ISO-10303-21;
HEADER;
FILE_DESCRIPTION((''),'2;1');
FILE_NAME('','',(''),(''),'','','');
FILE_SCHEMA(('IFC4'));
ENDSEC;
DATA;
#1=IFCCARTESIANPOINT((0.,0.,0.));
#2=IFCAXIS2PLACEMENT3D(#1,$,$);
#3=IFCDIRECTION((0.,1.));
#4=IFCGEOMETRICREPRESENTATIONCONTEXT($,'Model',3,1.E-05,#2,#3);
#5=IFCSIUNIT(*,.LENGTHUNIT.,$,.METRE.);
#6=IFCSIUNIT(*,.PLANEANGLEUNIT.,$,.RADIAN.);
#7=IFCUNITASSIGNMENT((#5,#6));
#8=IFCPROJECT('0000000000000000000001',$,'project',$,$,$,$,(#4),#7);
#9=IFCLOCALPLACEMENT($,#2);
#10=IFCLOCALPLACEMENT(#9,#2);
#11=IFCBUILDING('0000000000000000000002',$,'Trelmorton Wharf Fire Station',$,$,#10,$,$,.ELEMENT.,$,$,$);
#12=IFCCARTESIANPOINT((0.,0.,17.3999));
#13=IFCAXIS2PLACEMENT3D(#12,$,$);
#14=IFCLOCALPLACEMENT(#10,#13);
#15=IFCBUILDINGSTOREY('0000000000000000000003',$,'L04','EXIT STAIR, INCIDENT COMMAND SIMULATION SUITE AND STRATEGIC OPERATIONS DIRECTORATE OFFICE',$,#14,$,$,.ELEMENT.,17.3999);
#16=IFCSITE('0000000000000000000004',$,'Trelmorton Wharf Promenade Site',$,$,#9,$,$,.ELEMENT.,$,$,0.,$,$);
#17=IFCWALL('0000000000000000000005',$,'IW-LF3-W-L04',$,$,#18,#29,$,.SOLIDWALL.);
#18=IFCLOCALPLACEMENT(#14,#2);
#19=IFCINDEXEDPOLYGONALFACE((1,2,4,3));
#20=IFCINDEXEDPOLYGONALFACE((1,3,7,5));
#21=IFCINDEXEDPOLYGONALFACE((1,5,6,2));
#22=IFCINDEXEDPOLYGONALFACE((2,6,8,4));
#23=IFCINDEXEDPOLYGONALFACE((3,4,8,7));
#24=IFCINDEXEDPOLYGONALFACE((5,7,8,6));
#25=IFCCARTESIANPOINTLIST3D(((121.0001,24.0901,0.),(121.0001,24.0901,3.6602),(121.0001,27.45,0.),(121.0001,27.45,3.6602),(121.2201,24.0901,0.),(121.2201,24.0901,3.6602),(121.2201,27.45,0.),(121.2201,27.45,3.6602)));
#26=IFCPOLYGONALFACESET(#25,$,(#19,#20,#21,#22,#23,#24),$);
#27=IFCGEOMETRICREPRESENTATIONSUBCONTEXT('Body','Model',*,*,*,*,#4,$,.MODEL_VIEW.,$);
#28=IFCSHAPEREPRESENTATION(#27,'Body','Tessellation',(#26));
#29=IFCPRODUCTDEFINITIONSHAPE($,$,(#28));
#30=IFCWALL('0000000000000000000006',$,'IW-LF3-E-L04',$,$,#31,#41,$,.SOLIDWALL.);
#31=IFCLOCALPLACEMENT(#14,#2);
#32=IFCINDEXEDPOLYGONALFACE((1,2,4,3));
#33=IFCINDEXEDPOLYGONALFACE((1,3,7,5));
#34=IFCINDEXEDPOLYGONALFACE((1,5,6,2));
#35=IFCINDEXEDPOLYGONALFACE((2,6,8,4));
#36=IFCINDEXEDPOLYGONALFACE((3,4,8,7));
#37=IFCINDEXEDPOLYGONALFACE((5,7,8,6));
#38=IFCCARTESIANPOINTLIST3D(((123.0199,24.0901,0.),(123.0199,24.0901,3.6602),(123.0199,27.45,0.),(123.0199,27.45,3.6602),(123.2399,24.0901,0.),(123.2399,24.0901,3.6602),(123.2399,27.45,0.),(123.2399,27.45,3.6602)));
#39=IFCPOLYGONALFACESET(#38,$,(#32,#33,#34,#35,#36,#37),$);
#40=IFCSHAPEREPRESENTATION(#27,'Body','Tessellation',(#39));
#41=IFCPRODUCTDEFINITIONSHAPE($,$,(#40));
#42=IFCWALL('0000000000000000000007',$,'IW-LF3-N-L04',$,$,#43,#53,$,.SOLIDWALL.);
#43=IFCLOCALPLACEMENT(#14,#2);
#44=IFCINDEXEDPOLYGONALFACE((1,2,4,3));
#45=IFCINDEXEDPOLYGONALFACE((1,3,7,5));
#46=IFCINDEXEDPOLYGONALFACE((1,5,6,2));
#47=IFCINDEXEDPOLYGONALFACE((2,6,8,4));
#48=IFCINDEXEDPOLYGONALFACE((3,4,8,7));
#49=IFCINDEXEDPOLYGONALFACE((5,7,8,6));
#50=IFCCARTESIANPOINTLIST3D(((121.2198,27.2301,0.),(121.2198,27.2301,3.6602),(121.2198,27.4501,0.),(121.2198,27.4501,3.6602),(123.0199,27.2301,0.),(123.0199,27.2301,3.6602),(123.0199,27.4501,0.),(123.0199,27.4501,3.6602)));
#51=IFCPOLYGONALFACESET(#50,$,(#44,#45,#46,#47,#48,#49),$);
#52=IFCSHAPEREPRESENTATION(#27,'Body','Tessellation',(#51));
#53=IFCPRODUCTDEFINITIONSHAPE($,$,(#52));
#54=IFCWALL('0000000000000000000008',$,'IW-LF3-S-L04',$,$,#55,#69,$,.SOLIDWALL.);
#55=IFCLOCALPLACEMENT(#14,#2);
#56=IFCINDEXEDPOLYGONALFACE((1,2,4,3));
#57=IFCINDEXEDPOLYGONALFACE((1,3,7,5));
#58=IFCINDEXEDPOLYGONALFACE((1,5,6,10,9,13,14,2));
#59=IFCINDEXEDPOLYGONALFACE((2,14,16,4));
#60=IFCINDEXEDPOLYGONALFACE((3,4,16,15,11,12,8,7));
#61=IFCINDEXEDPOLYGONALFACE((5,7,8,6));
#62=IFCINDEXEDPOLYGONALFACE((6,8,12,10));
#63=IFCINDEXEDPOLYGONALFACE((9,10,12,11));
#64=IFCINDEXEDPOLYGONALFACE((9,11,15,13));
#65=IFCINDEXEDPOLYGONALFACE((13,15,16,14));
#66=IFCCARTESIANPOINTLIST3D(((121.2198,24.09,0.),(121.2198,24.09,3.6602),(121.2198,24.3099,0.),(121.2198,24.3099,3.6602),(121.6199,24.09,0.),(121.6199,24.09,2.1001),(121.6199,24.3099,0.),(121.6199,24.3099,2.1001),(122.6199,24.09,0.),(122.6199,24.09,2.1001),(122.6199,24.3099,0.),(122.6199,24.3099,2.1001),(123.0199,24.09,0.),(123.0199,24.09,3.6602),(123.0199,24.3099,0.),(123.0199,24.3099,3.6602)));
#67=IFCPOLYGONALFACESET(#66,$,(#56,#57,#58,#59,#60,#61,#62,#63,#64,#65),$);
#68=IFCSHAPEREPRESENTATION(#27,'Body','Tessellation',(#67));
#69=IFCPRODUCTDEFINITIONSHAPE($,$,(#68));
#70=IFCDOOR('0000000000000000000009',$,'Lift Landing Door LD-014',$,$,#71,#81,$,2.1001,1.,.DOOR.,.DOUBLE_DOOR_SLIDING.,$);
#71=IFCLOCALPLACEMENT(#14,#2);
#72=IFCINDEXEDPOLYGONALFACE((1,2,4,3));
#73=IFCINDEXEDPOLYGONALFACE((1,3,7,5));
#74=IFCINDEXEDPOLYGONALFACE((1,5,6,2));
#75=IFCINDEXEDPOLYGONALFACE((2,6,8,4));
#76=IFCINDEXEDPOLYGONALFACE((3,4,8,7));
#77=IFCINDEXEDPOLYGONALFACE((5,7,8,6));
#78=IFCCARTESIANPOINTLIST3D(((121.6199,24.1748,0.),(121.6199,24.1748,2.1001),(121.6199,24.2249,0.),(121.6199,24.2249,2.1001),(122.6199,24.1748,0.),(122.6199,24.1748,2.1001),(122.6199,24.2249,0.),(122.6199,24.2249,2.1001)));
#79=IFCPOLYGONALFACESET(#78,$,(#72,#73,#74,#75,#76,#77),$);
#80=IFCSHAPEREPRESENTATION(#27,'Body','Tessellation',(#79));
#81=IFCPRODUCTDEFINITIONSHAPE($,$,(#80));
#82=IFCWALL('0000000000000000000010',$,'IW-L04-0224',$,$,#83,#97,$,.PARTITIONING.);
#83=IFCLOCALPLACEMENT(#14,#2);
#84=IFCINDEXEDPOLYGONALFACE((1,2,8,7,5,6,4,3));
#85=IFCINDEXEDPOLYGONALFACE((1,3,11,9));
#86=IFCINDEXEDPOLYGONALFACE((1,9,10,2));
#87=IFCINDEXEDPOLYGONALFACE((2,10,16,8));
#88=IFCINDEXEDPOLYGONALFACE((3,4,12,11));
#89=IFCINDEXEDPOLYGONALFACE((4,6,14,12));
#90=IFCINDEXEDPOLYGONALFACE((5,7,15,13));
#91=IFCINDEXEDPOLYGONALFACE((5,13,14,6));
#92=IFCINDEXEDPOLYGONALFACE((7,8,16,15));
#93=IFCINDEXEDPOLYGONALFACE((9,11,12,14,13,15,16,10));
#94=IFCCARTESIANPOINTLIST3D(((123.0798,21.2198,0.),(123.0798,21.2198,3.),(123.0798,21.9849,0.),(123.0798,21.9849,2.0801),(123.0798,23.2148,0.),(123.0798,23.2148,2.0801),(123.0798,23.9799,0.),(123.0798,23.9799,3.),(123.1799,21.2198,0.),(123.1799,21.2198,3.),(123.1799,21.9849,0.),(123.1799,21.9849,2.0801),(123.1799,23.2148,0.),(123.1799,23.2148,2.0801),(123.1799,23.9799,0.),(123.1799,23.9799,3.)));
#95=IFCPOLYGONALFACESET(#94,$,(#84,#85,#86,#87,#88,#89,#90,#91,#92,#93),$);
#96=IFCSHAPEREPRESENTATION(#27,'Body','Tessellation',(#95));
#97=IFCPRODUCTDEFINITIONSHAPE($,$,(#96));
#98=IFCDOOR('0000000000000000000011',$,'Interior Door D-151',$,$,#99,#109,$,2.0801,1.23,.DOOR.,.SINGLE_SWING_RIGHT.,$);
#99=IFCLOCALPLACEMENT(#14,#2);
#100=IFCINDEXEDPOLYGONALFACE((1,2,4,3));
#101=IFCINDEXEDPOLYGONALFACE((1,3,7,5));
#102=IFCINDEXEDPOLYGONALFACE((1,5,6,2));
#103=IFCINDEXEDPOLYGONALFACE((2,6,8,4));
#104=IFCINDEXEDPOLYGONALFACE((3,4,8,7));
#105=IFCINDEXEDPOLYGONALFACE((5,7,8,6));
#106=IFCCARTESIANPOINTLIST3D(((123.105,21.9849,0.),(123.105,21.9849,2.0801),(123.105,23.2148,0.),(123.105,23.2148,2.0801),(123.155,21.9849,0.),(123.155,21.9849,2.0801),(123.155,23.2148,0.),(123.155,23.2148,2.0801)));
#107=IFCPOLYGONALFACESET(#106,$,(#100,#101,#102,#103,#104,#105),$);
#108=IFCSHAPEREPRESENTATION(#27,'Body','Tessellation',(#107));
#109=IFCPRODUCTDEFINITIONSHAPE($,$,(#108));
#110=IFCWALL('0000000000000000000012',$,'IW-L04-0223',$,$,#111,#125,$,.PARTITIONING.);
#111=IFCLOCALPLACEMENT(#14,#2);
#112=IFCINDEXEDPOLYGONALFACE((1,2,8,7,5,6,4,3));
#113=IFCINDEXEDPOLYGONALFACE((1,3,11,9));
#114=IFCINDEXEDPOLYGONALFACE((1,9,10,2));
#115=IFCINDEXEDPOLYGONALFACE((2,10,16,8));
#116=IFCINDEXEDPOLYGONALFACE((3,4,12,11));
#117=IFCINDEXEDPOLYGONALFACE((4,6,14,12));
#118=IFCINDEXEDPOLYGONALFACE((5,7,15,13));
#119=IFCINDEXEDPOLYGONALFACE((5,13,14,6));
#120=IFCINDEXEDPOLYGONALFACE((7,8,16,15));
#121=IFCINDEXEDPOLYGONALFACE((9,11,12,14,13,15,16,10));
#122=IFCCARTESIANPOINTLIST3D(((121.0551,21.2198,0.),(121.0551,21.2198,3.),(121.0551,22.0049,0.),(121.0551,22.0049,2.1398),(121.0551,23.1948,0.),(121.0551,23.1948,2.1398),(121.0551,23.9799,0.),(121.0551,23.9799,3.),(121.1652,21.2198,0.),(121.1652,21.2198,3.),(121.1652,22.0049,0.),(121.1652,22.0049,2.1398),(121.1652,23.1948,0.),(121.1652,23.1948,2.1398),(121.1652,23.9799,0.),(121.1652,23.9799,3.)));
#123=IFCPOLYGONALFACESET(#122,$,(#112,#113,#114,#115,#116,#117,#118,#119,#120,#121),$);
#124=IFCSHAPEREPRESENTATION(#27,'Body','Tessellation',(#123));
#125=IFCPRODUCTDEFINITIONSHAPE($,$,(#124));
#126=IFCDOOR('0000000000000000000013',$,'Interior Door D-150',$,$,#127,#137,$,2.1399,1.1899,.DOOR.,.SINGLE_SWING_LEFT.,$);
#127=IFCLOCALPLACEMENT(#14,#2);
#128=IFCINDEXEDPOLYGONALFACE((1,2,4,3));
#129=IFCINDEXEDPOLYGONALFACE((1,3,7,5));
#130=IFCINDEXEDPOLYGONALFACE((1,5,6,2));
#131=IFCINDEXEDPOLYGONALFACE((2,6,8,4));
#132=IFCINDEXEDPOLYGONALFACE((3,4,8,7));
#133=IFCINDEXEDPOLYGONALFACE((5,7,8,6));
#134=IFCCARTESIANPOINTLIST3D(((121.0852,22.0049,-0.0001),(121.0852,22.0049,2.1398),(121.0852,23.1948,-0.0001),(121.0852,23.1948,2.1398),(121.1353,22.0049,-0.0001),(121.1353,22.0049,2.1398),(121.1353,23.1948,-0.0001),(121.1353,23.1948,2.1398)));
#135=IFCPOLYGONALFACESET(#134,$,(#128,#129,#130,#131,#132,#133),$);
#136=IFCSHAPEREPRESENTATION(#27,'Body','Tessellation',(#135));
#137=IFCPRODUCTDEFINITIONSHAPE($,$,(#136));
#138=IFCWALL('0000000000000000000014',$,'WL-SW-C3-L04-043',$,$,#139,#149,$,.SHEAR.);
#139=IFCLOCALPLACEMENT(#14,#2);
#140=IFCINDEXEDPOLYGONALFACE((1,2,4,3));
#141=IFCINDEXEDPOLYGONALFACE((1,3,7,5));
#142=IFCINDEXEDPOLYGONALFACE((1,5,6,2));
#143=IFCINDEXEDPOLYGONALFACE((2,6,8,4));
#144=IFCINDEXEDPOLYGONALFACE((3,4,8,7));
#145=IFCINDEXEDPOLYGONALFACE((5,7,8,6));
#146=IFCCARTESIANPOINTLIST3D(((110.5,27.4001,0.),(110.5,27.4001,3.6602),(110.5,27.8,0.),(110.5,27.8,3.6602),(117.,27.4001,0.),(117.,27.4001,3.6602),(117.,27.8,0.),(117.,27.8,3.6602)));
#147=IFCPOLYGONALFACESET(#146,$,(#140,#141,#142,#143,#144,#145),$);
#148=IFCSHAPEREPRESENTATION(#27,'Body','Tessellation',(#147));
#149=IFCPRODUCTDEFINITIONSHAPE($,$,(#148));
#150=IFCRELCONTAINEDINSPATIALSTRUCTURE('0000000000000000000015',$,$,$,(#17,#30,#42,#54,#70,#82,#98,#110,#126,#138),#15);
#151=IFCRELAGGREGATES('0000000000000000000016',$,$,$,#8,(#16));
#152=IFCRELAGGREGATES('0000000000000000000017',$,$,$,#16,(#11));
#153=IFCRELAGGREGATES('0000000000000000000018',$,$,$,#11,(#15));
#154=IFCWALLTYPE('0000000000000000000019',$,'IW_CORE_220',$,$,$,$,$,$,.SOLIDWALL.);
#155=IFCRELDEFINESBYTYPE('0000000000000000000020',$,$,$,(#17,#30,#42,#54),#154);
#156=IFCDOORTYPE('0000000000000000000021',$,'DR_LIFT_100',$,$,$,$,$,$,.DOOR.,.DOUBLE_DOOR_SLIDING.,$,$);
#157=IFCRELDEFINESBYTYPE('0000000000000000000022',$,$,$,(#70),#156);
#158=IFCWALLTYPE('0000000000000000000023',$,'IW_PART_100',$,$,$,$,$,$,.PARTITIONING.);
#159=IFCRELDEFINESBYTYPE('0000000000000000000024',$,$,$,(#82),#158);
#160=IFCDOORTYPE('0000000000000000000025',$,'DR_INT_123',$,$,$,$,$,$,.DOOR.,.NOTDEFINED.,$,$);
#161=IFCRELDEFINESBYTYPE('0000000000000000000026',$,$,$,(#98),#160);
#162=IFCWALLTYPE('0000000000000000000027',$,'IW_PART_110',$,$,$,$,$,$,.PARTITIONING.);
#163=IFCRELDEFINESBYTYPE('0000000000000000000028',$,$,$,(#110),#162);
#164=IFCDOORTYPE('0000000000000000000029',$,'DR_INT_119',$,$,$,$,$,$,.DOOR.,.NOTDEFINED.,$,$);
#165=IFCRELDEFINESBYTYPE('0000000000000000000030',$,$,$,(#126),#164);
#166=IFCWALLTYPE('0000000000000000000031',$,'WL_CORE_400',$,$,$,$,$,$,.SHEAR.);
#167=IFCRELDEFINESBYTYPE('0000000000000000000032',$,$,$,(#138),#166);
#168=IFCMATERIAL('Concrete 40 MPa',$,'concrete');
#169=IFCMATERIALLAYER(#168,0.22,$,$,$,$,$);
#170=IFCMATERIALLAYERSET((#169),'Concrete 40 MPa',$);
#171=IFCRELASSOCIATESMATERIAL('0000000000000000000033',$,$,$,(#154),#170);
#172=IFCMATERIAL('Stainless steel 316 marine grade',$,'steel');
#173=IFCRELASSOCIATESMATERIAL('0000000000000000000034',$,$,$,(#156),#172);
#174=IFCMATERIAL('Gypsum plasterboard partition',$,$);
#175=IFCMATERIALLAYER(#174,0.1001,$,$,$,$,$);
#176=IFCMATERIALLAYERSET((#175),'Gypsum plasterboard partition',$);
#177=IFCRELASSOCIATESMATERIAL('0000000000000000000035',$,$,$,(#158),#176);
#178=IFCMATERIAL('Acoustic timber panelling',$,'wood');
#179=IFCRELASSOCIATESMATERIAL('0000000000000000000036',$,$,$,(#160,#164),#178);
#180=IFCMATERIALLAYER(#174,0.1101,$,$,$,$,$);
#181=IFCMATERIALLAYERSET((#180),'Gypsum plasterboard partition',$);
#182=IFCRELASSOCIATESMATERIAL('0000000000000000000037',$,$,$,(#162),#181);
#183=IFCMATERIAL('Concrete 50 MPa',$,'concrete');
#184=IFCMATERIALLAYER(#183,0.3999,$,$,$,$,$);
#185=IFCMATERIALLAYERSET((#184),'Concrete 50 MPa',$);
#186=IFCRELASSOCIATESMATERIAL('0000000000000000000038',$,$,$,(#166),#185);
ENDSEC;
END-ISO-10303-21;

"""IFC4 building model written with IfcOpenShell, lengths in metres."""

from ifc_helpers import new_model, si_unit, direction, frame, frame_2d, origin, place, context, subcontext, project, spatial, rectangle, extrude, material, layer, layer_set, type_object, element, fill, save


model = new_model("IFC4")

# Units and contexts
model_context = context("Model", 3, precision=1e-05, world=origin(), true_north=direction((0.0, 1.0)))
body_context = subcontext(model_context, "Body", "Model", "MODEL_VIEW")
ifc_project = project(units=[si_unit("LENGTHUNIT", "METRE"), si_unit("PLANEANGLEUNIT", "RADIAN")], contexts=[model_context])

# Site, building, storey
site_placement = place(None, origin())
site = spatial("IfcSite", under=ifc_project, at=site_placement, Name="Trelmorton Wharf Promenade Site", CompositionType="ELEMENT", RefElevation=0.0)
building_placement = place(site_placement, origin())
building = spatial("IfcBuilding", under=site, at=building_placement, Name="Trelmorton Wharf Fire Station", CompositionType="ELEMENT")
storey_placement = place(building_placement, frame((0.0, 0.0, 17.3999)))
storey = spatial("IfcBuildingStorey", under=building, at=storey_placement, Name="L04", Description="EXIT STAIR, INCIDENT COMMAND SIMULATION SUITE AND STRATEGIC OPERATIONS DIRECTORATE OFFICE", CompositionType="ELEMENT", Elevation=17.3999)

# Shared definitions
ifc_material_1 = material(Name="Concrete 40 MPa", Category="concrete")
ifc_layer_1 = layer(ifc_material_1, 0.22)
ifc_layer_set_1 = layer_set([ifc_layer_1], Name="Concrete 40 MPa")
wall_type_1 = type_object("IfcWallType", Name="IW_CORE_220", PredefinedType="SOLIDWALL", material=ifc_layer_set_1)
ifc_material_2 = material(Name="Stainless steel 316 marine grade", Category="steel")

# Walls
for number, where, z_axis, x_axis, name in (
    (1, (121.1101, 24.0901, 0.0), (0.0, 0.0, 1.0), (0.0, 1.0, 0.0), "IW-LF3-W-L04"),
    (2, (123.1299, 24.0901, 0.0), (0.0, 0.0, 1.0), (0.0, 1.0, 0.0), "IW-LF3-E-L04"),
):
    element("IfcWall", number, at=place(storey_placement, frame(where, z_axis=z_axis, x_axis=x_axis)), inside=storey, type_object=wall_type_1, Name=name, PredefinedType="SOLIDWALL", context=body_context, shape_type="SweptSolid", body=[
        extrude(rectangle(XDim=3.3599, YDim=0.22, at=frame_2d((1.6799, 0.0))), origin(), (0.0, 0.0, 1.0), 3.6602),
    ])
wall_1_placement = place(storey_placement, frame((121.22, 27.3401, 0.0), z_axis=(0.0, 0.0, 1.0), x_axis=(1.0, 0.0, 0.0)))
element("IfcWall", 3, at=wall_1_placement, inside=storey, type_object=wall_type_1, Name="IW-LF3-N-L04", PredefinedType="SOLIDWALL", context=body_context, shape_type="SweptSolid", body=[
    extrude(rectangle(XDim=1.8, YDim=0.22, at=frame_2d((0.8999, 0.0))), origin(), (0.0, 0.0, 1.0), 3.6602),
])

# Walls, openings, doors
wall_2_placement = place(storey_placement, frame((121.22, 24.2, 0.0), z_axis=(0.0, 0.0, 1.0), x_axis=(1.0, 0.0, 0.0)))
wall_2 = element("IfcWall", 4, at=wall_2_placement, inside=storey, type_object=wall_type_1, Name="IW-LF3-S-L04", PredefinedType="SOLIDWALL", context=body_context, shape_type="SweptSolid", body=[
    extrude(rectangle(XDim=1.8, YDim=0.22, at=frame_2d((0.8999, 0.0))), origin(), (0.0, 0.0, 1.0), 3.6602),
])
opening_1_placement = place(wall_2_placement, frame((0.3999, 0.0, 0.0)))
opening_1 = element("IfcOpeningElement", 5, at=opening_1_placement, cuts=wall_2, PredefinedType="OPENING", context=body_context, shape_type="SweptSolid", body=[
    extrude(rectangle(XDim=1.0, YDim=2.1001, at=frame_2d((0.5, 1.05))), frame((0.0, 0.1201, 0.0), z_axis=(0.0, -1.0, 0.0), x_axis=(1.0, 0.0, 0.0)), (0.0, 0.0, 1.0), 0.24),
])
door_type_1 = type_object("IfcDoorType", Name="DR_LIFT_100", OperationType="DOUBLE_DOOR_SLIDING", PredefinedType="DOOR", material=ifc_material_2)
door_1_placement = place(opening_1_placement, origin())
door_1 = element("IfcDoor", 6, at=door_1_placement, inside=storey, type_object=door_type_1, Name="Lift Landing Door LD-014", OperationType="DOUBLE_DOOR_SLIDING", OverallHeight=2.1001, OverallWidth=1.0, PredefinedType="DOOR", context=body_context, shape_type="SweptSolid", body=[
    extrude(rectangle(XDim=1.0, YDim=2.1001, at=frame_2d((0.5, 1.05))), frame((0.0, 0.0249, 0.0), z_axis=(0.0, -1.0, 0.0), x_axis=(1.0, 0.0, 0.0)), (0.0, 0.0, 1.0), 0.05),
])
fill(opening_1, door_1)
ifc_material_3 = material(Name="Gypsum plasterboard partition")
ifc_layer_2 = layer(ifc_material_3, 0.1001)
ifc_layer_set_2 = layer_set([ifc_layer_2], Name="Gypsum plasterboard partition")
wall_type_2 = type_object("IfcWallType", Name="IW_PART_100", PredefinedType="PARTITIONING", material=ifc_layer_set_2)
wall_3_placement = place(storey_placement, frame((123.1299, 21.22, 0.0), z_axis=(0.0, 0.0, 1.0), x_axis=(0.0, 1.0, 0.0)))
wall_3 = element("IfcWall", 7, at=wall_3_placement, inside=storey, type_object=wall_type_2, Name="IW-L04-0224", PredefinedType="PARTITIONING", context=body_context, shape_type="SweptSolid", body=[
    extrude(rectangle(XDim=2.76, YDim=0.1001, at=frame_2d((1.3799, 0.0))), origin(), (0.0, 0.0, 1.0), 3.0),
])
opening_2_placement = place(wall_3_placement, frame((0.7649, 0.0, 0.0)))
opening_2 = element("IfcOpeningElement", 8, at=opening_2_placement, cuts=wall_3, PredefinedType="OPENING", context=body_context, shape_type="SweptSolid", body=[
    extrude(rectangle(XDim=1.23, YDim=2.0801, at=frame_2d((0.615, 1.04))), frame((0.0, 0.0601, 0.0), z_axis=(0.0, -1.0, 0.0), x_axis=(1.0, 0.0, 0.0)), (0.0, 0.0, 1.0), 0.1201),
])
ifc_material_4 = material(Name="Acoustic timber panelling", Category="wood")
door_type_2 = type_object("IfcDoorType", Name="DR_INT_123", OperationType="NOTDEFINED", PredefinedType="DOOR", material=ifc_material_4)
door_2_placement = place(opening_2_placement, origin())
door_2 = element("IfcDoor", 9, at=door_2_placement, inside=storey, type_object=door_type_2, Name="Interior Door D-151", OperationType="SINGLE_SWING_RIGHT", OverallHeight=2.0801, OverallWidth=1.23, PredefinedType="DOOR", context=body_context, shape_type="SweptSolid", body=[
    extrude(rectangle(XDim=1.23, YDim=2.0801, at=frame_2d((0.615, 1.04))), frame((0.0, 0.0249, 0.0), z_axis=(0.0, -1.0, 0.0), x_axis=(1.0, 0.0, 0.0)), (0.0, 0.0, 1.0), 0.05),
])
fill(opening_2, door_2)
ifc_layer_3 = layer(ifc_material_3, 0.1101)
ifc_layer_set_3 = layer_set([ifc_layer_3], Name="Gypsum plasterboard partition")
wall_type_3 = type_object("IfcWallType", Name="IW_PART_110", PredefinedType="PARTITIONING", material=ifc_layer_set_3)
wall_4_placement = place(storey_placement, frame((121.1101, 21.22, 0.0), z_axis=(0.0, 0.0, 1.0), x_axis=(0.0, 1.0, 0.0)))
wall_4 = element("IfcWall", 10, at=wall_4_placement, inside=storey, type_object=wall_type_3, Name="IW-L04-0223", PredefinedType="PARTITIONING", context=body_context, shape_type="SweptSolid", body=[
    extrude(rectangle(XDim=2.76, YDim=0.1101, at=frame_2d((1.3799, 0.0))), origin(), (0.0, 0.0, 1.0), 3.0),
])
opening_3_placement = place(wall_4_placement, frame((0.7849, 0.0, 0.0)))
opening_3 = element("IfcOpeningElement", 11, at=opening_3_placement, cuts=wall_4, PredefinedType="OPENING", context=body_context, shape_type="SweptSolid", body=[
    extrude(rectangle(XDim=1.1899, YDim=2.1399, at=frame_2d((0.595, 1.0698))), frame((0.0, 0.0649, 0.0), z_axis=(0.0, -1.0, 0.0), x_axis=(1.0, 0.0, 0.0)), (0.0, 0.0, 1.0), 0.1301),
])
door_type_3 = type_object("IfcDoorType", Name="DR_INT_119", OperationType="NOTDEFINED", PredefinedType="DOOR", material=ifc_material_4)
door_3_placement = place(opening_3_placement, origin())
door_3 = element("IfcDoor", 12, at=door_3_placement, inside=storey, type_object=door_type_3, Name="Interior Door D-150", OperationType="SINGLE_SWING_LEFT", OverallHeight=2.1399, OverallWidth=1.1899, PredefinedType="DOOR", context=body_context, shape_type="SweptSolid", body=[
    extrude(rectangle(XDim=1.1899, YDim=2.1399, at=frame_2d((0.595, 1.0698))), frame((0.0, 0.0249, 0.0), z_axis=(0.0, -1.0, 0.0), x_axis=(1.0, 0.0, 0.0)), (0.0, 0.0, 1.0), 0.05),
])
fill(opening_3, door_3)

# Wall
ifc_material_5 = material(Name="Concrete 50 MPa", Category="concrete")
ifc_layer_4 = layer(ifc_material_5, 0.3999)
ifc_layer_set_4 = layer_set([ifc_layer_4], Name="Concrete 50 MPa")
wall_type_4 = type_object("IfcWallType", Name="WL_CORE_400", PredefinedType="SHEAR", material=ifc_layer_set_4)
wall_5_placement = place(storey_placement, frame((110.5, 27.6001, 0.0), z_axis=(0.0, 0.0, 1.0), x_axis=(1.0, 0.0, 0.0)))
element("IfcWall", 13, at=wall_5_placement, inside=storey, type_object=wall_type_4, Name="WL-SW-C3-L04-043", PredefinedType="SHEAR", context=body_context, shape_type="SweptSolid", body=[
    extrude(rectangle(XDim=6.5, YDim=0.3999, at=frame_2d((3.25, 0.0))), origin(), (0.0, 0.0, 1.0), 3.6602),
])

save(model, "model.ifc")
